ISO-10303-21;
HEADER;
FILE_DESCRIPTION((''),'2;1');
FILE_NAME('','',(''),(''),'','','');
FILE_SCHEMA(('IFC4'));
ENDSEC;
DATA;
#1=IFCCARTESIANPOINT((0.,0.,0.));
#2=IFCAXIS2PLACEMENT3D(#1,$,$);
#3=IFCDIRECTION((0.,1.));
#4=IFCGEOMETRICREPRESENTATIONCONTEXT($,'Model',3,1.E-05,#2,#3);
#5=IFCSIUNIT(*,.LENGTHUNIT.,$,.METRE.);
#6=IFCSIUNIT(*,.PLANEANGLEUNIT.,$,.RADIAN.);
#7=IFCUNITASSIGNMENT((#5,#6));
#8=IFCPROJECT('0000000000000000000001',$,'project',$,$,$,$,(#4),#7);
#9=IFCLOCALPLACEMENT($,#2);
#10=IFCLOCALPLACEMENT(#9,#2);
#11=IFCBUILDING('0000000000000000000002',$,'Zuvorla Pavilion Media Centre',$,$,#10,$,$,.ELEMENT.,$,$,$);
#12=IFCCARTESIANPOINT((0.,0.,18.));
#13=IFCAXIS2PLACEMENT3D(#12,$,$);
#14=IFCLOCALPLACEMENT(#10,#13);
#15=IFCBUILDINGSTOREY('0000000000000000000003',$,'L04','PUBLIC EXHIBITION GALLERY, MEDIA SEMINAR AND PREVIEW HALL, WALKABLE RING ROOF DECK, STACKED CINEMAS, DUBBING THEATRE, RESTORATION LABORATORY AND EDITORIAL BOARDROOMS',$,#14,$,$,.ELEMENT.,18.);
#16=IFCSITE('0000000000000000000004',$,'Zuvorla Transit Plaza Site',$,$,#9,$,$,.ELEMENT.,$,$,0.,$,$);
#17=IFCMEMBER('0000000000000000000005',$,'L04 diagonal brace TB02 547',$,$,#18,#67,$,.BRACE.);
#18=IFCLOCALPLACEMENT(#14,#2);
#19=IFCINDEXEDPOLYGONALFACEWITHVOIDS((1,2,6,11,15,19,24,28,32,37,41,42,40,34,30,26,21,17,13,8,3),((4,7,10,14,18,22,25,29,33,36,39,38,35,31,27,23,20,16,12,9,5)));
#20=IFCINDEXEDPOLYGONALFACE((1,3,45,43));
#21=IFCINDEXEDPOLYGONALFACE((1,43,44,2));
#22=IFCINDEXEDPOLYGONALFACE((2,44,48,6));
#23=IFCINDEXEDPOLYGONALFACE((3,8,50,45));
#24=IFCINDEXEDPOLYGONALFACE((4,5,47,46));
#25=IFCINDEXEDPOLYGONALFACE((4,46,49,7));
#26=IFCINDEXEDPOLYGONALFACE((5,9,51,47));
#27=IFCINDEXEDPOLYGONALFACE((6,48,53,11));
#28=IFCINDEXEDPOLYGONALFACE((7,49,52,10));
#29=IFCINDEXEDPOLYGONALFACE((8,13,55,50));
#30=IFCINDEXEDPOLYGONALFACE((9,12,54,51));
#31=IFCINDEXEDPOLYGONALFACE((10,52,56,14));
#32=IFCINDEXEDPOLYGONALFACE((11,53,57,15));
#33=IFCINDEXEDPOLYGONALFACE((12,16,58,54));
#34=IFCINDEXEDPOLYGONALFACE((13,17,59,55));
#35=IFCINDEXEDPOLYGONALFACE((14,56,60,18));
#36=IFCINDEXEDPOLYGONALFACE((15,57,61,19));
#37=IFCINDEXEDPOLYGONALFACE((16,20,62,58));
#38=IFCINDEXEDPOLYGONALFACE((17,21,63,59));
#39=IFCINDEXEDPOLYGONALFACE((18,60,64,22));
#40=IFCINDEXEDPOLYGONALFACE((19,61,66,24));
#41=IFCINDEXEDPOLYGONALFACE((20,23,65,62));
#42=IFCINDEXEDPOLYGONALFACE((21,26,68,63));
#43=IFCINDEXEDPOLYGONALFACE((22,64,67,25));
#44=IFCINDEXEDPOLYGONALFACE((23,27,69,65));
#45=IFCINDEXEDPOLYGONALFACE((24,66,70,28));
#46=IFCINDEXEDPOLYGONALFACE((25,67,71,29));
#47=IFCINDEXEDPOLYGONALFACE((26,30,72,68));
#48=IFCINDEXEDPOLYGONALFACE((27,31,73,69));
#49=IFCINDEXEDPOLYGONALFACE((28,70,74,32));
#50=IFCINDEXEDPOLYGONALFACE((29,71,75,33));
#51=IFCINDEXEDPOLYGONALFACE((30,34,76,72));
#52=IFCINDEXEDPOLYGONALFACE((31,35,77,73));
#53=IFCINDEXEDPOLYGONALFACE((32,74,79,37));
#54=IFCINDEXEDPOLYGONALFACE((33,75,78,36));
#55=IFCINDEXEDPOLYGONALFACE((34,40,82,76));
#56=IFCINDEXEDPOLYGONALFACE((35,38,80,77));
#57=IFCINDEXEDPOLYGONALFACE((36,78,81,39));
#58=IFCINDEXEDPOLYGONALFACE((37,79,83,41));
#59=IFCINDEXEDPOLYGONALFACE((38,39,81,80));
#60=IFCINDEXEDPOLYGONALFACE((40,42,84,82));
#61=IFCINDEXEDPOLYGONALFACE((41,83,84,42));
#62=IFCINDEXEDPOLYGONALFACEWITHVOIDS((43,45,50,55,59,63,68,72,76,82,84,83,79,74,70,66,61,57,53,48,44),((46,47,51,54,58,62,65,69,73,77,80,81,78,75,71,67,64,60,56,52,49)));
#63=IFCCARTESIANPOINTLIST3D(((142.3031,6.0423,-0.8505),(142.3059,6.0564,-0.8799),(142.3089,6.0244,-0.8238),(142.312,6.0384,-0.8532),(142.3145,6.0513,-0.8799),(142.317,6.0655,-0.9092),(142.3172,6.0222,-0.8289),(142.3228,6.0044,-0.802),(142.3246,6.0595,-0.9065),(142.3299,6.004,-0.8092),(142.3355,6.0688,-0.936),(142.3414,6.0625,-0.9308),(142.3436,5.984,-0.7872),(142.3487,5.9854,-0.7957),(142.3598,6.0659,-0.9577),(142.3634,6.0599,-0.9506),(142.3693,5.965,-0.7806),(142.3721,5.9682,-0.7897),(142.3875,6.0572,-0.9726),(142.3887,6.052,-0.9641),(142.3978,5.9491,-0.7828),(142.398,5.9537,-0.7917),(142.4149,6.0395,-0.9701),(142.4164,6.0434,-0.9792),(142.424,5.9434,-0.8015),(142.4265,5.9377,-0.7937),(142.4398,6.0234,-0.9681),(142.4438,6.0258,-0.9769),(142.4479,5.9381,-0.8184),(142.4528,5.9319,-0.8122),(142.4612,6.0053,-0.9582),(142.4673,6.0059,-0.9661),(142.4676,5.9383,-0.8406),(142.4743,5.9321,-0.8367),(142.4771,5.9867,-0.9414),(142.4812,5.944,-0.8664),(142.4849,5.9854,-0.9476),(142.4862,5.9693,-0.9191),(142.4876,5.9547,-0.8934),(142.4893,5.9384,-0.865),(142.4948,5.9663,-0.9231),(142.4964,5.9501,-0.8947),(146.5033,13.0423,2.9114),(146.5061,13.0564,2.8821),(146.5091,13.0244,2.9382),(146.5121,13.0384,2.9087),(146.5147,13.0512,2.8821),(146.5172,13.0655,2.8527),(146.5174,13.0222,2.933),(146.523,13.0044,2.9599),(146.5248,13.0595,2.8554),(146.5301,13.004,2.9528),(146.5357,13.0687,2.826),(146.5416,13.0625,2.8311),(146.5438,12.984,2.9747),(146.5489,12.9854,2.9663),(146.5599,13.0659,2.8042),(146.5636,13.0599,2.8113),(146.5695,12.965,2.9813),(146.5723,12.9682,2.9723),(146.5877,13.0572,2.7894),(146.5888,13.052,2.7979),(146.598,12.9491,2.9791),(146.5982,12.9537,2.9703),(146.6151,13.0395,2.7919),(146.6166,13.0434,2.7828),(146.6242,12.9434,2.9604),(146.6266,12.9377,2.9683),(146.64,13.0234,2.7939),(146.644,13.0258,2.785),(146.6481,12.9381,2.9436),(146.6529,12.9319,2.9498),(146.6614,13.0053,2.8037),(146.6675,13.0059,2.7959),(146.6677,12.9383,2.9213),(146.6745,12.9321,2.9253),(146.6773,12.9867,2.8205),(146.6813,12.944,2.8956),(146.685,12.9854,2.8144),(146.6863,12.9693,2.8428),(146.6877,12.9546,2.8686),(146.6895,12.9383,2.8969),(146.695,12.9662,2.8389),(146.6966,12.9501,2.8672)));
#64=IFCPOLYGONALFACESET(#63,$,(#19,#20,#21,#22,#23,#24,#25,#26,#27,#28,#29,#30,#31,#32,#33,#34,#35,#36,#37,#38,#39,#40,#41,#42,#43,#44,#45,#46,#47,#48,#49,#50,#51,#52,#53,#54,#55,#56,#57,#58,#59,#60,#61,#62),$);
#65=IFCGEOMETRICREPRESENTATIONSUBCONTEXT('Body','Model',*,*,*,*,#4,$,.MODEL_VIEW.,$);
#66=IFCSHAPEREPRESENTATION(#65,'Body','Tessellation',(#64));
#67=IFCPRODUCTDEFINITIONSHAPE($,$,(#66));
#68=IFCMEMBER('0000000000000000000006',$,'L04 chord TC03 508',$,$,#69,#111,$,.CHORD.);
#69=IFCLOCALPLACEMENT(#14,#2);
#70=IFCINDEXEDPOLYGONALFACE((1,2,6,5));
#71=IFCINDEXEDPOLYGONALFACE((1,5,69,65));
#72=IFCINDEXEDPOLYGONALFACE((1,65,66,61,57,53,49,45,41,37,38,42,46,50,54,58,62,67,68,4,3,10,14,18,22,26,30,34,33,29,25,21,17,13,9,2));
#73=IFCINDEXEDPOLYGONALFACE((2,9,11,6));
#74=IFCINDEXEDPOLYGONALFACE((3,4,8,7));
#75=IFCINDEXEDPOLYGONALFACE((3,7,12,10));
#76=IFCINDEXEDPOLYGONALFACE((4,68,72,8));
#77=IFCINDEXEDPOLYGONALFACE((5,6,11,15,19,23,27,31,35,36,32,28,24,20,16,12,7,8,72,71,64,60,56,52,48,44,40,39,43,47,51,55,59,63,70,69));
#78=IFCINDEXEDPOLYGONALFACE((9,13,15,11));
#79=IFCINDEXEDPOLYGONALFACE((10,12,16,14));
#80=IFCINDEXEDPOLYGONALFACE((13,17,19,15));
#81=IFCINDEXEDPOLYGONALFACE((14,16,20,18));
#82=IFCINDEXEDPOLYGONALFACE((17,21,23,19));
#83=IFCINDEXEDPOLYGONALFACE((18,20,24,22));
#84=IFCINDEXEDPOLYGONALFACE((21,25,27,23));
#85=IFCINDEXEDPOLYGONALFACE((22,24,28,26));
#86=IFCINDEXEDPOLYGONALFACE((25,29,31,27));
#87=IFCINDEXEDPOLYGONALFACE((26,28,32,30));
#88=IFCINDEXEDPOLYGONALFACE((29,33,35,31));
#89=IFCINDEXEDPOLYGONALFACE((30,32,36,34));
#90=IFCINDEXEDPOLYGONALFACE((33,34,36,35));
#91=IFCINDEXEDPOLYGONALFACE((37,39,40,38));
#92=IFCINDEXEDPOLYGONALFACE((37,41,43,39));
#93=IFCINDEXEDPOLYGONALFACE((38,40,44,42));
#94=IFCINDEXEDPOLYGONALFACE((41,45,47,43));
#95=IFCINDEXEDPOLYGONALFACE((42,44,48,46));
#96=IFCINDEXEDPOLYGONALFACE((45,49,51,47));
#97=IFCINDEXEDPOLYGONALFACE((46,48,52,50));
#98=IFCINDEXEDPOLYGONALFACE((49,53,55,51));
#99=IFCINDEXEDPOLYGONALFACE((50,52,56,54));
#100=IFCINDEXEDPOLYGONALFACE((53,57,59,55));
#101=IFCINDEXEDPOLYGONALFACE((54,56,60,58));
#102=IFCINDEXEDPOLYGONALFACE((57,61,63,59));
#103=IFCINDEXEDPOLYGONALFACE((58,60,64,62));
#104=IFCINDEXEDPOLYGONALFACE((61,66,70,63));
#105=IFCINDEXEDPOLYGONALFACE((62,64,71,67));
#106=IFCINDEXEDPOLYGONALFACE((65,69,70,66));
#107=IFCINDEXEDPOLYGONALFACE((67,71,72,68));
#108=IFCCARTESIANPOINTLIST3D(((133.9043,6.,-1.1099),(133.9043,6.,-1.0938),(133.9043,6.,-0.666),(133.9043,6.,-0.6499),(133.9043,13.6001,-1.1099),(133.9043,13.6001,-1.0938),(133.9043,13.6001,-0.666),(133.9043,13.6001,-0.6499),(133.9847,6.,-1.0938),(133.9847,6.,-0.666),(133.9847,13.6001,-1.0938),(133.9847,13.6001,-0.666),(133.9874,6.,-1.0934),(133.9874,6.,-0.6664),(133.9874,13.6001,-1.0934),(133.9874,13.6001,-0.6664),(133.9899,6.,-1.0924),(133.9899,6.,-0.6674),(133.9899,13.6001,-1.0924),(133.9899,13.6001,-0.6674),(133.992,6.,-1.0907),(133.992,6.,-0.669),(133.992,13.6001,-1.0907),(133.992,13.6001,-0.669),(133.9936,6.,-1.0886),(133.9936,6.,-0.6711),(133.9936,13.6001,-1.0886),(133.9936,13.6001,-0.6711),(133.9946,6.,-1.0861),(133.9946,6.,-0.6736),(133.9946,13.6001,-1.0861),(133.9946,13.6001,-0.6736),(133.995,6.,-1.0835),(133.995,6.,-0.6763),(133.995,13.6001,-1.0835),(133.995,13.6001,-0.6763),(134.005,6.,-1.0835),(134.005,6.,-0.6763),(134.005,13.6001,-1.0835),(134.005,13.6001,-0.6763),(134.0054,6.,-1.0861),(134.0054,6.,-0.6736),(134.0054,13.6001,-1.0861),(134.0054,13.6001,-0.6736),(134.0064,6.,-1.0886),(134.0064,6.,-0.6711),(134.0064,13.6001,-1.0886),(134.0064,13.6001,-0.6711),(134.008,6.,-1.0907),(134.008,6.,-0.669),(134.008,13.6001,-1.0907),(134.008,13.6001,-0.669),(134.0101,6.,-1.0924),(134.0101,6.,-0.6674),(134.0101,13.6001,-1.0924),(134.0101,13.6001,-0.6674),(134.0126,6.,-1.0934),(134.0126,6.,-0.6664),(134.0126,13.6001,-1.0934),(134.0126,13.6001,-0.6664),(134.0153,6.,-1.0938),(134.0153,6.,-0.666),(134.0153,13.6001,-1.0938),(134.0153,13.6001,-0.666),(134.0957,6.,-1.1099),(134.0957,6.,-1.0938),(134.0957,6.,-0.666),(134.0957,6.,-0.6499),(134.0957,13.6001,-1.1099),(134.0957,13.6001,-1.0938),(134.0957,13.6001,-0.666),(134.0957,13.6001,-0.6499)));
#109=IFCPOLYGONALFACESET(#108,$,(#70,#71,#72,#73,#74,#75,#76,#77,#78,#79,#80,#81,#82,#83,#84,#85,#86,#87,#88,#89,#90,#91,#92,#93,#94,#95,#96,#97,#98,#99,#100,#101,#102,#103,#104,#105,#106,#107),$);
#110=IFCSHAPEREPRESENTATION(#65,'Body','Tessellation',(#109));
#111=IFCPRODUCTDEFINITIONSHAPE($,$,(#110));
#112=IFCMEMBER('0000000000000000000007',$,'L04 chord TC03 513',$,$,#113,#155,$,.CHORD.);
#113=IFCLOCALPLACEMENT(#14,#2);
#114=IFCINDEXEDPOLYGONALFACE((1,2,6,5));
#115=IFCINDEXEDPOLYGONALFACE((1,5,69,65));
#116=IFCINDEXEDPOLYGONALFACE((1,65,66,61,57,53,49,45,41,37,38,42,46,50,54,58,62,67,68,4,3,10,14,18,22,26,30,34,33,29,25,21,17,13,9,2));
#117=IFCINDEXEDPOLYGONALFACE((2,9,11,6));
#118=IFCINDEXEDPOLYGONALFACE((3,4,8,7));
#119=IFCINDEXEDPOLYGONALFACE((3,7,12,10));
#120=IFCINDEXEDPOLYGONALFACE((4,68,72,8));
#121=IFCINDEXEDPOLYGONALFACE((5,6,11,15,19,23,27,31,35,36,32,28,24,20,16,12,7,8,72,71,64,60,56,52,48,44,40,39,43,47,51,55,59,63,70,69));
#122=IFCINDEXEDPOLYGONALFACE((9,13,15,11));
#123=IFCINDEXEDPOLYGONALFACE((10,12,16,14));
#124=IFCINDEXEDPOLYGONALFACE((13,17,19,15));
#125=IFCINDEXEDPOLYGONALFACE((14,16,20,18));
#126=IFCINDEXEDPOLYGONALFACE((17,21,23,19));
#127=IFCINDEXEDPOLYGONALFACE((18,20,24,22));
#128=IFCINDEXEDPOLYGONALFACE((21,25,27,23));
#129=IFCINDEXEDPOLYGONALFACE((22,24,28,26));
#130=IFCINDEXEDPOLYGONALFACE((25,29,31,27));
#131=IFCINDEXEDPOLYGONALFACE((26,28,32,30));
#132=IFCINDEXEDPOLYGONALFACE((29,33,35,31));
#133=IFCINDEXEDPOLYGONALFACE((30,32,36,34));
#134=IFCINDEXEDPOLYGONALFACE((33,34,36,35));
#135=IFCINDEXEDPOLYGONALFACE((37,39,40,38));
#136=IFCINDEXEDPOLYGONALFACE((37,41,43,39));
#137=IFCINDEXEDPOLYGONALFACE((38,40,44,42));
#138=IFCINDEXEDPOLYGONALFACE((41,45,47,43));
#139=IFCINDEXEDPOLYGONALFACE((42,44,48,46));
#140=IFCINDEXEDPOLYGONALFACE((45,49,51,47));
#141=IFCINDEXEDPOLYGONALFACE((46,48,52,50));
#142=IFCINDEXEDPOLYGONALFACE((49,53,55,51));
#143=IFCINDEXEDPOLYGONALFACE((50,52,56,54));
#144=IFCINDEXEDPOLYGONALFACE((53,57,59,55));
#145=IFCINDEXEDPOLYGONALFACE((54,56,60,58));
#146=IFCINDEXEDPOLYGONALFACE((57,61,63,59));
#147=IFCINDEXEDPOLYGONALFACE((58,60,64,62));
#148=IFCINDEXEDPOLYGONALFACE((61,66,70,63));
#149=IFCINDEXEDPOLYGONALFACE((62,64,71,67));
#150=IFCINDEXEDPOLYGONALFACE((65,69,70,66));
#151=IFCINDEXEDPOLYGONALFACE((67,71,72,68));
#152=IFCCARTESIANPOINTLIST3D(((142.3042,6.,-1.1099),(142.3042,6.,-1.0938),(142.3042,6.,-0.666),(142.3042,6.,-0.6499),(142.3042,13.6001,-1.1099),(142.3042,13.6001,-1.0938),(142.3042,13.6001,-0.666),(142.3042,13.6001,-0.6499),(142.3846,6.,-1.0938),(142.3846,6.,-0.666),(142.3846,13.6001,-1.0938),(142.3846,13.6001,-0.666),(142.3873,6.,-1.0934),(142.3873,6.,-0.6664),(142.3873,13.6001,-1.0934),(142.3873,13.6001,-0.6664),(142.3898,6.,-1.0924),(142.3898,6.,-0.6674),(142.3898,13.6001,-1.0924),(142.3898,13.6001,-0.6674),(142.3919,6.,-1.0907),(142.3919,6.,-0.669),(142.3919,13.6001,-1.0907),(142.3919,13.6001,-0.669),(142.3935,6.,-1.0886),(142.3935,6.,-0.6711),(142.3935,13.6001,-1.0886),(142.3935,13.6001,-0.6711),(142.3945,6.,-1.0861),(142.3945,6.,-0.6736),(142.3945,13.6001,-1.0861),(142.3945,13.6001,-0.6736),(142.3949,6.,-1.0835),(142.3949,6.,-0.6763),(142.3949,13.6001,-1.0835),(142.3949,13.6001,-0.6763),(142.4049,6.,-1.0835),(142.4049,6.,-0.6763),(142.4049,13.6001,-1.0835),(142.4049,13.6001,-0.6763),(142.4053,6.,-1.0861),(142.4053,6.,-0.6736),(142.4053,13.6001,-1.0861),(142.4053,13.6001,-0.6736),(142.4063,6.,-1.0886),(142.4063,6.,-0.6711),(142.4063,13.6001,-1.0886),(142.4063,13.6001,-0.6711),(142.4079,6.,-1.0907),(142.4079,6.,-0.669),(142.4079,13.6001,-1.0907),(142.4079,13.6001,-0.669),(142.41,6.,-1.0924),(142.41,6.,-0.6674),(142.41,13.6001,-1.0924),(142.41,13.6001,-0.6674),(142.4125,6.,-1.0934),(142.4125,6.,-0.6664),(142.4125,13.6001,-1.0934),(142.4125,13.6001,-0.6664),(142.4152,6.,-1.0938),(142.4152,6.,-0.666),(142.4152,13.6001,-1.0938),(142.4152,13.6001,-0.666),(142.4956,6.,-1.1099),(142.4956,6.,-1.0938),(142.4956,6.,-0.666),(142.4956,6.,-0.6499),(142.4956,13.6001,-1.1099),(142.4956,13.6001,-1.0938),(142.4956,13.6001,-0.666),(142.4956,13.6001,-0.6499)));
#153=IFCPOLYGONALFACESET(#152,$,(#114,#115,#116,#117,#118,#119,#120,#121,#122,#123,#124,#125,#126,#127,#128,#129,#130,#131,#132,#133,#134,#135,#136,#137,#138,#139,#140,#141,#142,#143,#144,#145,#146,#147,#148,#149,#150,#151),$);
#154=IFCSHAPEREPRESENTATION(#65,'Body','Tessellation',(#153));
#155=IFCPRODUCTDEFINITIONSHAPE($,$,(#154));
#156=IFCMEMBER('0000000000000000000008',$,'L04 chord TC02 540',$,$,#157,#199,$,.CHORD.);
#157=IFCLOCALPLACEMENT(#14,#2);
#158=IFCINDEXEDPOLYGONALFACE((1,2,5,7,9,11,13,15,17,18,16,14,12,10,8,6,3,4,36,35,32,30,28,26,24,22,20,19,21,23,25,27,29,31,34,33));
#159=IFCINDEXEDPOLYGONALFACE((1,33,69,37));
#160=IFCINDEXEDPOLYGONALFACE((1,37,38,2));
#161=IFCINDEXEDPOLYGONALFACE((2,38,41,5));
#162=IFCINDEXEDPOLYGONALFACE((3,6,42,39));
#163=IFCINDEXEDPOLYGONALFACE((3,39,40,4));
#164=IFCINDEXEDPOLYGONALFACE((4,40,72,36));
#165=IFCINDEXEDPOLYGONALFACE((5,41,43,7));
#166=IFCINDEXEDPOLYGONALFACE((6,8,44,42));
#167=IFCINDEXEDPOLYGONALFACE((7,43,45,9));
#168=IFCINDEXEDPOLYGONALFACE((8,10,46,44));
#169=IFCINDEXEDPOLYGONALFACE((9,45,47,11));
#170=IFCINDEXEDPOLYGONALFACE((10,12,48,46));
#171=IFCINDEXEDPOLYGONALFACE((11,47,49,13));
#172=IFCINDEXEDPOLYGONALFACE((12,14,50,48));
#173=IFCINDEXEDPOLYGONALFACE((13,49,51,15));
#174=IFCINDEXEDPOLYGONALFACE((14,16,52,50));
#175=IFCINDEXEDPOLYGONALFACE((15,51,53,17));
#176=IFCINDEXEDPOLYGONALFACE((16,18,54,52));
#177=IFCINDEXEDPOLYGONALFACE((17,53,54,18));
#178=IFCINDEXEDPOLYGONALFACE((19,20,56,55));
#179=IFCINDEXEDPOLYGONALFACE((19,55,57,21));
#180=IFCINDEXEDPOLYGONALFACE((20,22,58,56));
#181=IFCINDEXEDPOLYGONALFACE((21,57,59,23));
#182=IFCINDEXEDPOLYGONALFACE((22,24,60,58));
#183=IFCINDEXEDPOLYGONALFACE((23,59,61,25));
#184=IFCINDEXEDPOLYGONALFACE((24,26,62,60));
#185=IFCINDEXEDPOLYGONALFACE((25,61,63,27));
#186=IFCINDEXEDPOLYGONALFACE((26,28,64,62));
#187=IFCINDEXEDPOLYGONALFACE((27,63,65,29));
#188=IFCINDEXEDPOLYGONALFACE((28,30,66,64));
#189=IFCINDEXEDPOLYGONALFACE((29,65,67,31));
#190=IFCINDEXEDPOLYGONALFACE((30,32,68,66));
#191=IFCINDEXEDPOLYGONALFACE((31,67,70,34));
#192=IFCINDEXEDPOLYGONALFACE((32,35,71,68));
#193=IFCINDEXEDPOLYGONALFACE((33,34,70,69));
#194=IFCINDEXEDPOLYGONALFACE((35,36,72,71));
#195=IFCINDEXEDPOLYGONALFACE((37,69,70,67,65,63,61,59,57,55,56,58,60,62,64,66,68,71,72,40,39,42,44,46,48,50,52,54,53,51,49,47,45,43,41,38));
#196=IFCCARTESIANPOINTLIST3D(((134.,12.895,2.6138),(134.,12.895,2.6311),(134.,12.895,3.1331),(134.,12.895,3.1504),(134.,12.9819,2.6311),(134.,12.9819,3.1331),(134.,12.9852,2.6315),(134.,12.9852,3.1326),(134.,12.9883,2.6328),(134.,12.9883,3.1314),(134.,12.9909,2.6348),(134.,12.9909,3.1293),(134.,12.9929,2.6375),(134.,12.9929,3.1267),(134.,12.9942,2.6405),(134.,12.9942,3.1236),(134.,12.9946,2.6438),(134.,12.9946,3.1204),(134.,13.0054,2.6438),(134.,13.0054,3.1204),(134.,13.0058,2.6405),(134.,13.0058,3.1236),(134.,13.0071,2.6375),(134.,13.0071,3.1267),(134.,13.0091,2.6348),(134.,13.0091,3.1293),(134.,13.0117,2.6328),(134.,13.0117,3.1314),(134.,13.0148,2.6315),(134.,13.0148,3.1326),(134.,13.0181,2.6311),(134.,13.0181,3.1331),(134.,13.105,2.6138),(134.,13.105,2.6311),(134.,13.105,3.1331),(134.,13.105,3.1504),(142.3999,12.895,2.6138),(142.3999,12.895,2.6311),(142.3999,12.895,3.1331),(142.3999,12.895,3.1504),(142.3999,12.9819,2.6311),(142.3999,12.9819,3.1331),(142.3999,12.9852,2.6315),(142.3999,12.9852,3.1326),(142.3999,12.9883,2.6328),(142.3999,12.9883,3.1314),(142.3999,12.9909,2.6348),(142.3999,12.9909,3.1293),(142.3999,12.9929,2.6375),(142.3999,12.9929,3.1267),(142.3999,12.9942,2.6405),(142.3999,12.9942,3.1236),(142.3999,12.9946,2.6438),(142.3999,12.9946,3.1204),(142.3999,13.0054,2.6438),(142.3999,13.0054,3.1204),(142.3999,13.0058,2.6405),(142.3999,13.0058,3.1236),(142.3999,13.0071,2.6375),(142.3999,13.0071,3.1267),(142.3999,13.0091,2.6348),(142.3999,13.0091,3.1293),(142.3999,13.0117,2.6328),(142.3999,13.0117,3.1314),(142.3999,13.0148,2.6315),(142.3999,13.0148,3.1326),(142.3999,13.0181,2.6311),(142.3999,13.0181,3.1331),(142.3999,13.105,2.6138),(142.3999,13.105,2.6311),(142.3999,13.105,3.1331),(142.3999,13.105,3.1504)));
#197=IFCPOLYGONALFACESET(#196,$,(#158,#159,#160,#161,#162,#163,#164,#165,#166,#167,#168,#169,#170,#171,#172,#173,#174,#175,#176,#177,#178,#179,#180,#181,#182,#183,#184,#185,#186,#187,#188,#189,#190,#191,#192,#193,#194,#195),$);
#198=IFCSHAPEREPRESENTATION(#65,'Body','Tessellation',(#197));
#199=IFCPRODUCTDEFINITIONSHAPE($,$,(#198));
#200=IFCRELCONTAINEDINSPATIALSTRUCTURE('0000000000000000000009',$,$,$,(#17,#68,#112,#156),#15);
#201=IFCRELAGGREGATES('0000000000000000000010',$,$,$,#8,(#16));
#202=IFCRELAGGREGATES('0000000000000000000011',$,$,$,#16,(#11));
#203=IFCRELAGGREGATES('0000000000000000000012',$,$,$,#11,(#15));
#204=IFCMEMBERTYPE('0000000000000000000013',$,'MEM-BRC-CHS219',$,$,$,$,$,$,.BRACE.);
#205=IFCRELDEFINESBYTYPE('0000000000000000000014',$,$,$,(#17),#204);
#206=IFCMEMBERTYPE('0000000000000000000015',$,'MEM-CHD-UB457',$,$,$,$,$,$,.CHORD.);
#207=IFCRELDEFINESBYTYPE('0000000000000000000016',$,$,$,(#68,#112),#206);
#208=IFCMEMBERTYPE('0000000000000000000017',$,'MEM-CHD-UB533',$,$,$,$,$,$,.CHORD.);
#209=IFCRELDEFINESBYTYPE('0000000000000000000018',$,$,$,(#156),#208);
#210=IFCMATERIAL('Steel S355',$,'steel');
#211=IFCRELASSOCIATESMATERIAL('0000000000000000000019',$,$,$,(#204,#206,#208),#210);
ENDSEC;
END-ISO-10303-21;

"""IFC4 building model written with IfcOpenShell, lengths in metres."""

from ifc_helpers import new_model, si_unit, direction, frame, origin, origin_2d, place, context, subcontext, project, spatial, hollow_circle, i_section, extrude, material, material_profile, profile_set, type_object, element, save


model = new_model("IFC4")

# Units and contexts
model_context = context("Model", 3, precision=1e-05, world=origin(), true_north=direction((0.0, 1.0)))
body_context = subcontext(model_context, "Body", "Model", "MODEL_VIEW")
ifc_project = project(units=[si_unit("LENGTHUNIT", "METRE"), si_unit("PLANEANGLEUNIT", "RADIAN")], contexts=[model_context])

# Site, building, storey
site_placement = place(None, origin())
site = spatial("IfcSite", under=ifc_project, at=site_placement, Name="Zuvorla Transit Plaza Site", CompositionType="ELEMENT", RefElevation=0.0)
building_placement = place(site_placement, origin())
building = spatial("IfcBuilding", under=site, at=building_placement, Name="Zuvorla Pavilion Media Centre", CompositionType="ELEMENT")
storey_placement = place(building_placement, frame((0.0, 0.0, 18.0)))
storey = spatial("IfcBuildingStorey", under=building, at=storey_placement, Name="L04", Description="PUBLIC EXHIBITION GALLERY, MEDIA SEMINAR AND PREVIEW HALL, WALKABLE RING ROOF DECK, STACKED CINEMAS, DUBBING THEATRE, RESTORATION LABORATORY AND EDITORIAL BOARDROOMS", CompositionType="ELEMENT", Elevation=18.0)

# Members
ifc_material_1 = material(Name="Steel S355", Category="steel")
ifc_material_profile_1 = material_profile(ifc_material_1, hollow_circle(Radius=0.1096, WallThickness=0.01, at=origin_2d()), Name="CHS 219.1x10")
ifc_profile_set_1 = profile_set([ifc_material_profile_1], Name="Steel S355")
member_type_1 = type_object("IfcMemberType", Name="MEM-BRC-CHS219", PredefinedType="BRACE", material=ifc_profile_set_1)
for number, where, z_axis, x_axis, name in (
    (1, (142.3999, 6.0, -0.8799), (0.467283, 0.778769, 0.418528), (-0.857482, 0.514513, 0.0), "L04 diagonal brace TB02 547"),
):
    element("IfcMember", number, at=place(storey_placement, frame(where, z_axis=z_axis, x_axis=x_axis)), inside=storey, type_object=member_type_1, Name=name, PredefinedType="BRACE", context=body_context, shape_type="SweptSolid", body=[
        extrude(hollow_circle(Radius=0.1096, WallThickness=0.01, at=origin_2d()), origin(), (0.0, 0.0, 1.0), 8.9885),
    ])
ifc_material_profile_2 = material_profile(ifc_material_1, i_section(OverallWidth=0.1914, OverallDepth=0.46, WebThickness=0.01, FlangeThickness=0.0161, FilletRadius=0.0103, at=origin_2d()), Name="UB 457x191x82")
ifc_profile_set_2 = profile_set([ifc_material_profile_2], Name="Steel S355")
member_type_2 = type_object("IfcMemberType", Name="MEM-CHD-UB457", PredefinedType="CHORD", material=ifc_profile_set_2)
for number, where, z_axis, x_axis, name in (
    (2, (134.0, 6.0, -0.8799), (0.0, 1.0, 0.0), (-1.0, 0.0, 0.0), "L04 chord TC03 508"),
    (3, (142.3999, 6.0, -0.8799), (0.0, 1.0, 0.0), (-1.0, 0.0, 0.0), "L04 chord TC03 513"),
):
    element("IfcMember", number, at=place(storey_placement, frame(where, z_axis=z_axis, x_axis=x_axis)), inside=storey, type_object=member_type_2, Name=name, PredefinedType="CHORD", context=body_context, shape_type="SweptSolid", body=[
        extrude(i_section(OverallWidth=0.1914, OverallDepth=0.46, WebThickness=0.01, FlangeThickness=0.0161, FilletRadius=0.0103, at=origin_2d()), origin(), (0.0, 0.0, 1.0), 7.6001),
    ])
ifc_material_profile_3 = material_profile(ifc_material_1, i_section(OverallWidth=0.21, OverallDepth=0.5366, WebThickness=0.0107, FlangeThickness=0.0173, FilletRadius=0.0127, at=origin_2d()), Name="UB 533x210x101")
ifc_profile_set_3 = profile_set([ifc_material_profile_3], Name="Steel S355")
member_type_3 = type_object("IfcMemberType", Name="MEM-CHD-UB533", PredefinedType="CHORD", material=ifc_profile_set_3)
member_1_placement = place(storey_placement, frame((134.0, 13.0, 2.8821), z_axis=(1.0, 0.0, 0.0), x_axis=(0.0, 1.0, 0.0)))
element("IfcMember", 4, at=member_1_placement, inside=storey, type_object=member_type_3, Name="L04 chord TC02 540", PredefinedType="CHORD", context=body_context, shape_type="SweptSolid", body=[
    extrude(i_section(OverallWidth=0.21, OverallDepth=0.5366, WebThickness=0.0107, FlangeThickness=0.0173, FilletRadius=0.0127, at=origin_2d()), origin(), (0.0, 0.0, 1.0), 8.3999),
])

save(model, "model.ifc")
